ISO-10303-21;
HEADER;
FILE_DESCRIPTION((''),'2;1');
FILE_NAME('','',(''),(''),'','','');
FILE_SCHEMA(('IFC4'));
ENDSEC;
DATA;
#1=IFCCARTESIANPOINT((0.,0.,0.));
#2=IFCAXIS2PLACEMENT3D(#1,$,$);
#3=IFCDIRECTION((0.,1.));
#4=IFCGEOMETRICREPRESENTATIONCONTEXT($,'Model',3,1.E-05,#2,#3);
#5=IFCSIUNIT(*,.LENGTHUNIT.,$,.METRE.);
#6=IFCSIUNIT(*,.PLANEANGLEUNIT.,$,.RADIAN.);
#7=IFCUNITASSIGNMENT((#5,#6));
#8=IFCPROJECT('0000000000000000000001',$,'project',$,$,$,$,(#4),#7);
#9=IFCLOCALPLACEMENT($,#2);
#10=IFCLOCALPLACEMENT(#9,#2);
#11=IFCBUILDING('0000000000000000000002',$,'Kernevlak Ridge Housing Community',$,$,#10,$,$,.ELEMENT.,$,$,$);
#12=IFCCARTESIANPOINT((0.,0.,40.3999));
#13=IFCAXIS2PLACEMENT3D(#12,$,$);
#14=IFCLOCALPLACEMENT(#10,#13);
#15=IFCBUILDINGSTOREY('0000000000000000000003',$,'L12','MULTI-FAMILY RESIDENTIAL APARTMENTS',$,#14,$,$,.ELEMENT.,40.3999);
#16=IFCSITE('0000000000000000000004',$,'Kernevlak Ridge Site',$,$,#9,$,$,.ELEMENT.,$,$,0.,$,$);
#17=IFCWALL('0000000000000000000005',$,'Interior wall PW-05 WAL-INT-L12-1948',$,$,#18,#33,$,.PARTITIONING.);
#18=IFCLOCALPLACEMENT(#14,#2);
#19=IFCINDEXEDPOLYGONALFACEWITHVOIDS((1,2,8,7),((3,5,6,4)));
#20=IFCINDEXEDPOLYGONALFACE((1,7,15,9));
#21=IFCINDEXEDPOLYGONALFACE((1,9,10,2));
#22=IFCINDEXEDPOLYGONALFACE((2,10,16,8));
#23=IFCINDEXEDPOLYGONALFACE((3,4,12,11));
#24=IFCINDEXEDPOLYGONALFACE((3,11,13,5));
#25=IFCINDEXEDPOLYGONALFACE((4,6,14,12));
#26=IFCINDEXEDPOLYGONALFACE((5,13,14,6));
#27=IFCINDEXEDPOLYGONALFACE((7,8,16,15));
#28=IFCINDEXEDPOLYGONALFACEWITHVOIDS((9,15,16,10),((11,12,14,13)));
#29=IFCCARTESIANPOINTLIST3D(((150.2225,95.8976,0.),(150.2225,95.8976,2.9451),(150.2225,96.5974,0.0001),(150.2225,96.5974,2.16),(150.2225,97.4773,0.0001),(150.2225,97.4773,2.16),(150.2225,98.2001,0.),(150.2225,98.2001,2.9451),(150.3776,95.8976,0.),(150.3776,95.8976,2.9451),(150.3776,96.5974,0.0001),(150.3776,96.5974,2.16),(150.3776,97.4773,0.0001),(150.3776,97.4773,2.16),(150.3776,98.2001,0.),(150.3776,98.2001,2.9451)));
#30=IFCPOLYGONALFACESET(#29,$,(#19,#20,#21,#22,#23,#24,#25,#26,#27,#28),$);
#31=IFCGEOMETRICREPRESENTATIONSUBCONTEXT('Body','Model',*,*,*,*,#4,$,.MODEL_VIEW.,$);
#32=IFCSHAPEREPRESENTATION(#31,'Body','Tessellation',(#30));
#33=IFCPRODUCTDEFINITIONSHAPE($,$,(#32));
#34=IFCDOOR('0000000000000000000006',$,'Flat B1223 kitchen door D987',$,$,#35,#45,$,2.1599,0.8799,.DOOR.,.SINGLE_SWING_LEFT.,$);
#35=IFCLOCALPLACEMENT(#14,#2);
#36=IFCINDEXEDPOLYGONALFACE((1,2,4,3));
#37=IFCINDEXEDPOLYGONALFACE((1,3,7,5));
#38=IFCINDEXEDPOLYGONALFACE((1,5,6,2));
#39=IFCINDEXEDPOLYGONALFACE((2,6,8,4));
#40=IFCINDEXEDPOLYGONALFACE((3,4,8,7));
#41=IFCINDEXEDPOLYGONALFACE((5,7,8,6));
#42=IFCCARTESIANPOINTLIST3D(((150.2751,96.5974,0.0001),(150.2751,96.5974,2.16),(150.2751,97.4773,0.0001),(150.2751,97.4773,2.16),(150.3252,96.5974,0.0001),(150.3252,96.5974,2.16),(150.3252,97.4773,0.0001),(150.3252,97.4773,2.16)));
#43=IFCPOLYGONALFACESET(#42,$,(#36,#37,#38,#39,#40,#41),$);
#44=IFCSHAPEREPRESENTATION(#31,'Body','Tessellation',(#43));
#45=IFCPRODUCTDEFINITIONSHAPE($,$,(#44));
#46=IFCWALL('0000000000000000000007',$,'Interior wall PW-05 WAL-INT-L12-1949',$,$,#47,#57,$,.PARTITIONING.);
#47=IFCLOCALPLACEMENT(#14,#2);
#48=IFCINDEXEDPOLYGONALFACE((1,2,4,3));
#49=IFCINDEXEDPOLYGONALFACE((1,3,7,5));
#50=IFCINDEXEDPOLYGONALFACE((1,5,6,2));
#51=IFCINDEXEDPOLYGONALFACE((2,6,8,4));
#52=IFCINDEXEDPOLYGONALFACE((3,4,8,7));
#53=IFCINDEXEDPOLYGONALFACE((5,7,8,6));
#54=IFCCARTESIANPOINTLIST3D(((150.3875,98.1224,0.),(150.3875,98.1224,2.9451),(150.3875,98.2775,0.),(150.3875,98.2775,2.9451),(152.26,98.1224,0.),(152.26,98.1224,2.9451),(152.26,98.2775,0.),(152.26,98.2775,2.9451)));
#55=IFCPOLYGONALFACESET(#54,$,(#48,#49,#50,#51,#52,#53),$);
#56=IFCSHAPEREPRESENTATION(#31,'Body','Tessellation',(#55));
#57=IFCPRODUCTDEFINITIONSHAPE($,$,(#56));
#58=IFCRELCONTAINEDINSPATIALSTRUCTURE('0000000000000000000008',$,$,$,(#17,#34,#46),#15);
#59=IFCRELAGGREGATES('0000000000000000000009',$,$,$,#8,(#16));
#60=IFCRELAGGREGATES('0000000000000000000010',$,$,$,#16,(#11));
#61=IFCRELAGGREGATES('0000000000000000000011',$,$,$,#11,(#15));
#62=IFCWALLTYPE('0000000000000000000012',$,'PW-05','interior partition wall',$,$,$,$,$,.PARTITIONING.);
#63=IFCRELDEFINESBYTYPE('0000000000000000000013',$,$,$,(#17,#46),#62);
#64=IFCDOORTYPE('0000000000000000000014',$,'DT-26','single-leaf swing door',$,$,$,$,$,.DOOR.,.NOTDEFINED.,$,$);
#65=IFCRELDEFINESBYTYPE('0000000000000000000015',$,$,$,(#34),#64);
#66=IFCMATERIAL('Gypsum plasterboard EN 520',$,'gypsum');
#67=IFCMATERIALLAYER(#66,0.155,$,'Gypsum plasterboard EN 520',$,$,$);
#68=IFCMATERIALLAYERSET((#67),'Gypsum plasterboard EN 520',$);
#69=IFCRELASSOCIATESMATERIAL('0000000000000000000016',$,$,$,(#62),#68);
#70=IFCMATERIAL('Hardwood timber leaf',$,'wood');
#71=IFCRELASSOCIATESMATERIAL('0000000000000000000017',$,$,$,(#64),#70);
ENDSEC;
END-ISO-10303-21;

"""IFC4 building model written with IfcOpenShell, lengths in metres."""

from ifc_helpers import new_model, si_unit, direction, frame, frame_2d, origin, place, context, subcontext, project, spatial, rectangle, extrude, material, layer, layer_set, type_object, element, fill, save


model = new_model("IFC4")

# Units and contexts
model_context = context("Model", 3, precision=1e-05, world=origin(), true_north=direction((0.0, 1.0)))
body_context = subcontext(model_context, "Body", "Model", "MODEL_VIEW")
ifc_project = project(units=[si_unit("LENGTHUNIT", "METRE"), si_unit("PLANEANGLEUNIT", "RADIAN")], contexts=[model_context])

# Site, building, storey
site_placement = place(None, origin())
site = spatial("IfcSite", under=ifc_project, at=site_placement, Name="Kernevlak Ridge Site", CompositionType="ELEMENT", RefElevation=0.0)
building_placement = place(site_placement, origin())
building = spatial("IfcBuilding", under=site, at=building_placement, Name="Kernevlak Ridge Housing Community", CompositionType="ELEMENT")
storey_placement = place(building_placement, frame((0.0, 0.0, 40.3999)))
storey = spatial("IfcBuildingStorey", under=building, at=storey_placement, Name="L12", Description="MULTI-FAMILY RESIDENTIAL APARTMENTS", CompositionType="ELEMENT", Elevation=40.3999)

# Wall, opening, door
ifc_material_1 = material(Name="Gypsum plasterboard EN 520", Category="gypsum")
ifc_layer_1 = layer(ifc_material_1, 0.155, Name="Gypsum plasterboard EN 520")
ifc_layer_set_1 = layer_set([ifc_layer_1], Name="Gypsum plasterboard EN 520")
wall_type_1 = type_object("IfcWallType", Name="PW-05", Description="interior partition wall", PredefinedType="PARTITIONING", material=ifc_layer_set_1)
wall_1_placement = place(storey_placement, frame((150.3, 95.8975, 0.0), z_axis=(0.0, 0.0, 1.0), x_axis=(0.0, 1.0, 0.0)))
wall_1 = element("IfcWall", 1, at=wall_1_placement, inside=storey, type_object=wall_type_1, Name="Interior wall PW-05 WAL-INT-L12-1948", PredefinedType="PARTITIONING", context=body_context, shape_type="SweptSolid", body=[
    extrude(rectangle(XDim=2.3025, YDim=0.155, at=frame_2d((1.1514, 0.0))), origin(), (0.0, 0.0, 1.0), 2.9451),
])
opening_1_placement = place(wall_1_placement, frame((0.7, 0.0, 0.0)))
opening_1 = element("IfcOpeningElement", 2, at=opening_1_placement, cuts=wall_1, PredefinedType="OPENING", context=body_context, shape_type="SweptSolid", body=[
    extrude(rectangle(XDim=0.8799, YDim=2.1599, at=frame_2d((0.4399, 1.0801))), frame((0.0, 0.0874, 0.0), z_axis=(0.0, -1.0, 0.0), x_axis=(1.0, 0.0, 0.0)), (0.0, 0.0, 1.0), 0.175),
])
ifc_material_2 = material(Name="Hardwood timber leaf", Category="wood")
door_type_1 = type_object("IfcDoorType", Name="DT-26", Description="single-leaf swing door", OperationType="NOTDEFINED", PredefinedType="DOOR", material=ifc_material_2)
door_1_placement = place(opening_1_placement, origin())
door_1 = element("IfcDoor", 3, at=door_1_placement, inside=storey, type_object=door_type_1, Name="Flat B1223 kitchen door D987", OperationType="SINGLE_SWING_LEFT", OverallHeight=2.1599, OverallWidth=0.8799, PredefinedType="DOOR", context=body_context, shape_type="SweptSolid", body=[
    extrude(rectangle(XDim=0.8799, YDim=2.1599, at=frame_2d((0.4399, 1.0801))), frame((0.0, 0.0249, 0.0), z_axis=(0.0, -1.0, 0.0), x_axis=(1.0, 0.0, 0.0)), (0.0, 0.0, 1.0), 0.05),
])
fill(opening_1, door_1)

# Wall
wall_2_placement = place(storey_placement, frame((150.3875, 98.2, 0.0), z_axis=(0.0, 0.0, 1.0), x_axis=(1.0, 0.0, 0.0)))
element("IfcWall", 4, at=wall_2_placement, inside=storey, type_object=wall_type_1, Name="Interior wall PW-05 WAL-INT-L12-1949", PredefinedType="PARTITIONING", context=body_context, shape_type="SweptSolid", body=[
    extrude(rectangle(XDim=1.8726, YDim=0.155, at=frame_2d((0.9363, 0.0))), origin(), (0.0, 0.0, 1.0), 2.9451),
])

save(model, "model.ifc")
